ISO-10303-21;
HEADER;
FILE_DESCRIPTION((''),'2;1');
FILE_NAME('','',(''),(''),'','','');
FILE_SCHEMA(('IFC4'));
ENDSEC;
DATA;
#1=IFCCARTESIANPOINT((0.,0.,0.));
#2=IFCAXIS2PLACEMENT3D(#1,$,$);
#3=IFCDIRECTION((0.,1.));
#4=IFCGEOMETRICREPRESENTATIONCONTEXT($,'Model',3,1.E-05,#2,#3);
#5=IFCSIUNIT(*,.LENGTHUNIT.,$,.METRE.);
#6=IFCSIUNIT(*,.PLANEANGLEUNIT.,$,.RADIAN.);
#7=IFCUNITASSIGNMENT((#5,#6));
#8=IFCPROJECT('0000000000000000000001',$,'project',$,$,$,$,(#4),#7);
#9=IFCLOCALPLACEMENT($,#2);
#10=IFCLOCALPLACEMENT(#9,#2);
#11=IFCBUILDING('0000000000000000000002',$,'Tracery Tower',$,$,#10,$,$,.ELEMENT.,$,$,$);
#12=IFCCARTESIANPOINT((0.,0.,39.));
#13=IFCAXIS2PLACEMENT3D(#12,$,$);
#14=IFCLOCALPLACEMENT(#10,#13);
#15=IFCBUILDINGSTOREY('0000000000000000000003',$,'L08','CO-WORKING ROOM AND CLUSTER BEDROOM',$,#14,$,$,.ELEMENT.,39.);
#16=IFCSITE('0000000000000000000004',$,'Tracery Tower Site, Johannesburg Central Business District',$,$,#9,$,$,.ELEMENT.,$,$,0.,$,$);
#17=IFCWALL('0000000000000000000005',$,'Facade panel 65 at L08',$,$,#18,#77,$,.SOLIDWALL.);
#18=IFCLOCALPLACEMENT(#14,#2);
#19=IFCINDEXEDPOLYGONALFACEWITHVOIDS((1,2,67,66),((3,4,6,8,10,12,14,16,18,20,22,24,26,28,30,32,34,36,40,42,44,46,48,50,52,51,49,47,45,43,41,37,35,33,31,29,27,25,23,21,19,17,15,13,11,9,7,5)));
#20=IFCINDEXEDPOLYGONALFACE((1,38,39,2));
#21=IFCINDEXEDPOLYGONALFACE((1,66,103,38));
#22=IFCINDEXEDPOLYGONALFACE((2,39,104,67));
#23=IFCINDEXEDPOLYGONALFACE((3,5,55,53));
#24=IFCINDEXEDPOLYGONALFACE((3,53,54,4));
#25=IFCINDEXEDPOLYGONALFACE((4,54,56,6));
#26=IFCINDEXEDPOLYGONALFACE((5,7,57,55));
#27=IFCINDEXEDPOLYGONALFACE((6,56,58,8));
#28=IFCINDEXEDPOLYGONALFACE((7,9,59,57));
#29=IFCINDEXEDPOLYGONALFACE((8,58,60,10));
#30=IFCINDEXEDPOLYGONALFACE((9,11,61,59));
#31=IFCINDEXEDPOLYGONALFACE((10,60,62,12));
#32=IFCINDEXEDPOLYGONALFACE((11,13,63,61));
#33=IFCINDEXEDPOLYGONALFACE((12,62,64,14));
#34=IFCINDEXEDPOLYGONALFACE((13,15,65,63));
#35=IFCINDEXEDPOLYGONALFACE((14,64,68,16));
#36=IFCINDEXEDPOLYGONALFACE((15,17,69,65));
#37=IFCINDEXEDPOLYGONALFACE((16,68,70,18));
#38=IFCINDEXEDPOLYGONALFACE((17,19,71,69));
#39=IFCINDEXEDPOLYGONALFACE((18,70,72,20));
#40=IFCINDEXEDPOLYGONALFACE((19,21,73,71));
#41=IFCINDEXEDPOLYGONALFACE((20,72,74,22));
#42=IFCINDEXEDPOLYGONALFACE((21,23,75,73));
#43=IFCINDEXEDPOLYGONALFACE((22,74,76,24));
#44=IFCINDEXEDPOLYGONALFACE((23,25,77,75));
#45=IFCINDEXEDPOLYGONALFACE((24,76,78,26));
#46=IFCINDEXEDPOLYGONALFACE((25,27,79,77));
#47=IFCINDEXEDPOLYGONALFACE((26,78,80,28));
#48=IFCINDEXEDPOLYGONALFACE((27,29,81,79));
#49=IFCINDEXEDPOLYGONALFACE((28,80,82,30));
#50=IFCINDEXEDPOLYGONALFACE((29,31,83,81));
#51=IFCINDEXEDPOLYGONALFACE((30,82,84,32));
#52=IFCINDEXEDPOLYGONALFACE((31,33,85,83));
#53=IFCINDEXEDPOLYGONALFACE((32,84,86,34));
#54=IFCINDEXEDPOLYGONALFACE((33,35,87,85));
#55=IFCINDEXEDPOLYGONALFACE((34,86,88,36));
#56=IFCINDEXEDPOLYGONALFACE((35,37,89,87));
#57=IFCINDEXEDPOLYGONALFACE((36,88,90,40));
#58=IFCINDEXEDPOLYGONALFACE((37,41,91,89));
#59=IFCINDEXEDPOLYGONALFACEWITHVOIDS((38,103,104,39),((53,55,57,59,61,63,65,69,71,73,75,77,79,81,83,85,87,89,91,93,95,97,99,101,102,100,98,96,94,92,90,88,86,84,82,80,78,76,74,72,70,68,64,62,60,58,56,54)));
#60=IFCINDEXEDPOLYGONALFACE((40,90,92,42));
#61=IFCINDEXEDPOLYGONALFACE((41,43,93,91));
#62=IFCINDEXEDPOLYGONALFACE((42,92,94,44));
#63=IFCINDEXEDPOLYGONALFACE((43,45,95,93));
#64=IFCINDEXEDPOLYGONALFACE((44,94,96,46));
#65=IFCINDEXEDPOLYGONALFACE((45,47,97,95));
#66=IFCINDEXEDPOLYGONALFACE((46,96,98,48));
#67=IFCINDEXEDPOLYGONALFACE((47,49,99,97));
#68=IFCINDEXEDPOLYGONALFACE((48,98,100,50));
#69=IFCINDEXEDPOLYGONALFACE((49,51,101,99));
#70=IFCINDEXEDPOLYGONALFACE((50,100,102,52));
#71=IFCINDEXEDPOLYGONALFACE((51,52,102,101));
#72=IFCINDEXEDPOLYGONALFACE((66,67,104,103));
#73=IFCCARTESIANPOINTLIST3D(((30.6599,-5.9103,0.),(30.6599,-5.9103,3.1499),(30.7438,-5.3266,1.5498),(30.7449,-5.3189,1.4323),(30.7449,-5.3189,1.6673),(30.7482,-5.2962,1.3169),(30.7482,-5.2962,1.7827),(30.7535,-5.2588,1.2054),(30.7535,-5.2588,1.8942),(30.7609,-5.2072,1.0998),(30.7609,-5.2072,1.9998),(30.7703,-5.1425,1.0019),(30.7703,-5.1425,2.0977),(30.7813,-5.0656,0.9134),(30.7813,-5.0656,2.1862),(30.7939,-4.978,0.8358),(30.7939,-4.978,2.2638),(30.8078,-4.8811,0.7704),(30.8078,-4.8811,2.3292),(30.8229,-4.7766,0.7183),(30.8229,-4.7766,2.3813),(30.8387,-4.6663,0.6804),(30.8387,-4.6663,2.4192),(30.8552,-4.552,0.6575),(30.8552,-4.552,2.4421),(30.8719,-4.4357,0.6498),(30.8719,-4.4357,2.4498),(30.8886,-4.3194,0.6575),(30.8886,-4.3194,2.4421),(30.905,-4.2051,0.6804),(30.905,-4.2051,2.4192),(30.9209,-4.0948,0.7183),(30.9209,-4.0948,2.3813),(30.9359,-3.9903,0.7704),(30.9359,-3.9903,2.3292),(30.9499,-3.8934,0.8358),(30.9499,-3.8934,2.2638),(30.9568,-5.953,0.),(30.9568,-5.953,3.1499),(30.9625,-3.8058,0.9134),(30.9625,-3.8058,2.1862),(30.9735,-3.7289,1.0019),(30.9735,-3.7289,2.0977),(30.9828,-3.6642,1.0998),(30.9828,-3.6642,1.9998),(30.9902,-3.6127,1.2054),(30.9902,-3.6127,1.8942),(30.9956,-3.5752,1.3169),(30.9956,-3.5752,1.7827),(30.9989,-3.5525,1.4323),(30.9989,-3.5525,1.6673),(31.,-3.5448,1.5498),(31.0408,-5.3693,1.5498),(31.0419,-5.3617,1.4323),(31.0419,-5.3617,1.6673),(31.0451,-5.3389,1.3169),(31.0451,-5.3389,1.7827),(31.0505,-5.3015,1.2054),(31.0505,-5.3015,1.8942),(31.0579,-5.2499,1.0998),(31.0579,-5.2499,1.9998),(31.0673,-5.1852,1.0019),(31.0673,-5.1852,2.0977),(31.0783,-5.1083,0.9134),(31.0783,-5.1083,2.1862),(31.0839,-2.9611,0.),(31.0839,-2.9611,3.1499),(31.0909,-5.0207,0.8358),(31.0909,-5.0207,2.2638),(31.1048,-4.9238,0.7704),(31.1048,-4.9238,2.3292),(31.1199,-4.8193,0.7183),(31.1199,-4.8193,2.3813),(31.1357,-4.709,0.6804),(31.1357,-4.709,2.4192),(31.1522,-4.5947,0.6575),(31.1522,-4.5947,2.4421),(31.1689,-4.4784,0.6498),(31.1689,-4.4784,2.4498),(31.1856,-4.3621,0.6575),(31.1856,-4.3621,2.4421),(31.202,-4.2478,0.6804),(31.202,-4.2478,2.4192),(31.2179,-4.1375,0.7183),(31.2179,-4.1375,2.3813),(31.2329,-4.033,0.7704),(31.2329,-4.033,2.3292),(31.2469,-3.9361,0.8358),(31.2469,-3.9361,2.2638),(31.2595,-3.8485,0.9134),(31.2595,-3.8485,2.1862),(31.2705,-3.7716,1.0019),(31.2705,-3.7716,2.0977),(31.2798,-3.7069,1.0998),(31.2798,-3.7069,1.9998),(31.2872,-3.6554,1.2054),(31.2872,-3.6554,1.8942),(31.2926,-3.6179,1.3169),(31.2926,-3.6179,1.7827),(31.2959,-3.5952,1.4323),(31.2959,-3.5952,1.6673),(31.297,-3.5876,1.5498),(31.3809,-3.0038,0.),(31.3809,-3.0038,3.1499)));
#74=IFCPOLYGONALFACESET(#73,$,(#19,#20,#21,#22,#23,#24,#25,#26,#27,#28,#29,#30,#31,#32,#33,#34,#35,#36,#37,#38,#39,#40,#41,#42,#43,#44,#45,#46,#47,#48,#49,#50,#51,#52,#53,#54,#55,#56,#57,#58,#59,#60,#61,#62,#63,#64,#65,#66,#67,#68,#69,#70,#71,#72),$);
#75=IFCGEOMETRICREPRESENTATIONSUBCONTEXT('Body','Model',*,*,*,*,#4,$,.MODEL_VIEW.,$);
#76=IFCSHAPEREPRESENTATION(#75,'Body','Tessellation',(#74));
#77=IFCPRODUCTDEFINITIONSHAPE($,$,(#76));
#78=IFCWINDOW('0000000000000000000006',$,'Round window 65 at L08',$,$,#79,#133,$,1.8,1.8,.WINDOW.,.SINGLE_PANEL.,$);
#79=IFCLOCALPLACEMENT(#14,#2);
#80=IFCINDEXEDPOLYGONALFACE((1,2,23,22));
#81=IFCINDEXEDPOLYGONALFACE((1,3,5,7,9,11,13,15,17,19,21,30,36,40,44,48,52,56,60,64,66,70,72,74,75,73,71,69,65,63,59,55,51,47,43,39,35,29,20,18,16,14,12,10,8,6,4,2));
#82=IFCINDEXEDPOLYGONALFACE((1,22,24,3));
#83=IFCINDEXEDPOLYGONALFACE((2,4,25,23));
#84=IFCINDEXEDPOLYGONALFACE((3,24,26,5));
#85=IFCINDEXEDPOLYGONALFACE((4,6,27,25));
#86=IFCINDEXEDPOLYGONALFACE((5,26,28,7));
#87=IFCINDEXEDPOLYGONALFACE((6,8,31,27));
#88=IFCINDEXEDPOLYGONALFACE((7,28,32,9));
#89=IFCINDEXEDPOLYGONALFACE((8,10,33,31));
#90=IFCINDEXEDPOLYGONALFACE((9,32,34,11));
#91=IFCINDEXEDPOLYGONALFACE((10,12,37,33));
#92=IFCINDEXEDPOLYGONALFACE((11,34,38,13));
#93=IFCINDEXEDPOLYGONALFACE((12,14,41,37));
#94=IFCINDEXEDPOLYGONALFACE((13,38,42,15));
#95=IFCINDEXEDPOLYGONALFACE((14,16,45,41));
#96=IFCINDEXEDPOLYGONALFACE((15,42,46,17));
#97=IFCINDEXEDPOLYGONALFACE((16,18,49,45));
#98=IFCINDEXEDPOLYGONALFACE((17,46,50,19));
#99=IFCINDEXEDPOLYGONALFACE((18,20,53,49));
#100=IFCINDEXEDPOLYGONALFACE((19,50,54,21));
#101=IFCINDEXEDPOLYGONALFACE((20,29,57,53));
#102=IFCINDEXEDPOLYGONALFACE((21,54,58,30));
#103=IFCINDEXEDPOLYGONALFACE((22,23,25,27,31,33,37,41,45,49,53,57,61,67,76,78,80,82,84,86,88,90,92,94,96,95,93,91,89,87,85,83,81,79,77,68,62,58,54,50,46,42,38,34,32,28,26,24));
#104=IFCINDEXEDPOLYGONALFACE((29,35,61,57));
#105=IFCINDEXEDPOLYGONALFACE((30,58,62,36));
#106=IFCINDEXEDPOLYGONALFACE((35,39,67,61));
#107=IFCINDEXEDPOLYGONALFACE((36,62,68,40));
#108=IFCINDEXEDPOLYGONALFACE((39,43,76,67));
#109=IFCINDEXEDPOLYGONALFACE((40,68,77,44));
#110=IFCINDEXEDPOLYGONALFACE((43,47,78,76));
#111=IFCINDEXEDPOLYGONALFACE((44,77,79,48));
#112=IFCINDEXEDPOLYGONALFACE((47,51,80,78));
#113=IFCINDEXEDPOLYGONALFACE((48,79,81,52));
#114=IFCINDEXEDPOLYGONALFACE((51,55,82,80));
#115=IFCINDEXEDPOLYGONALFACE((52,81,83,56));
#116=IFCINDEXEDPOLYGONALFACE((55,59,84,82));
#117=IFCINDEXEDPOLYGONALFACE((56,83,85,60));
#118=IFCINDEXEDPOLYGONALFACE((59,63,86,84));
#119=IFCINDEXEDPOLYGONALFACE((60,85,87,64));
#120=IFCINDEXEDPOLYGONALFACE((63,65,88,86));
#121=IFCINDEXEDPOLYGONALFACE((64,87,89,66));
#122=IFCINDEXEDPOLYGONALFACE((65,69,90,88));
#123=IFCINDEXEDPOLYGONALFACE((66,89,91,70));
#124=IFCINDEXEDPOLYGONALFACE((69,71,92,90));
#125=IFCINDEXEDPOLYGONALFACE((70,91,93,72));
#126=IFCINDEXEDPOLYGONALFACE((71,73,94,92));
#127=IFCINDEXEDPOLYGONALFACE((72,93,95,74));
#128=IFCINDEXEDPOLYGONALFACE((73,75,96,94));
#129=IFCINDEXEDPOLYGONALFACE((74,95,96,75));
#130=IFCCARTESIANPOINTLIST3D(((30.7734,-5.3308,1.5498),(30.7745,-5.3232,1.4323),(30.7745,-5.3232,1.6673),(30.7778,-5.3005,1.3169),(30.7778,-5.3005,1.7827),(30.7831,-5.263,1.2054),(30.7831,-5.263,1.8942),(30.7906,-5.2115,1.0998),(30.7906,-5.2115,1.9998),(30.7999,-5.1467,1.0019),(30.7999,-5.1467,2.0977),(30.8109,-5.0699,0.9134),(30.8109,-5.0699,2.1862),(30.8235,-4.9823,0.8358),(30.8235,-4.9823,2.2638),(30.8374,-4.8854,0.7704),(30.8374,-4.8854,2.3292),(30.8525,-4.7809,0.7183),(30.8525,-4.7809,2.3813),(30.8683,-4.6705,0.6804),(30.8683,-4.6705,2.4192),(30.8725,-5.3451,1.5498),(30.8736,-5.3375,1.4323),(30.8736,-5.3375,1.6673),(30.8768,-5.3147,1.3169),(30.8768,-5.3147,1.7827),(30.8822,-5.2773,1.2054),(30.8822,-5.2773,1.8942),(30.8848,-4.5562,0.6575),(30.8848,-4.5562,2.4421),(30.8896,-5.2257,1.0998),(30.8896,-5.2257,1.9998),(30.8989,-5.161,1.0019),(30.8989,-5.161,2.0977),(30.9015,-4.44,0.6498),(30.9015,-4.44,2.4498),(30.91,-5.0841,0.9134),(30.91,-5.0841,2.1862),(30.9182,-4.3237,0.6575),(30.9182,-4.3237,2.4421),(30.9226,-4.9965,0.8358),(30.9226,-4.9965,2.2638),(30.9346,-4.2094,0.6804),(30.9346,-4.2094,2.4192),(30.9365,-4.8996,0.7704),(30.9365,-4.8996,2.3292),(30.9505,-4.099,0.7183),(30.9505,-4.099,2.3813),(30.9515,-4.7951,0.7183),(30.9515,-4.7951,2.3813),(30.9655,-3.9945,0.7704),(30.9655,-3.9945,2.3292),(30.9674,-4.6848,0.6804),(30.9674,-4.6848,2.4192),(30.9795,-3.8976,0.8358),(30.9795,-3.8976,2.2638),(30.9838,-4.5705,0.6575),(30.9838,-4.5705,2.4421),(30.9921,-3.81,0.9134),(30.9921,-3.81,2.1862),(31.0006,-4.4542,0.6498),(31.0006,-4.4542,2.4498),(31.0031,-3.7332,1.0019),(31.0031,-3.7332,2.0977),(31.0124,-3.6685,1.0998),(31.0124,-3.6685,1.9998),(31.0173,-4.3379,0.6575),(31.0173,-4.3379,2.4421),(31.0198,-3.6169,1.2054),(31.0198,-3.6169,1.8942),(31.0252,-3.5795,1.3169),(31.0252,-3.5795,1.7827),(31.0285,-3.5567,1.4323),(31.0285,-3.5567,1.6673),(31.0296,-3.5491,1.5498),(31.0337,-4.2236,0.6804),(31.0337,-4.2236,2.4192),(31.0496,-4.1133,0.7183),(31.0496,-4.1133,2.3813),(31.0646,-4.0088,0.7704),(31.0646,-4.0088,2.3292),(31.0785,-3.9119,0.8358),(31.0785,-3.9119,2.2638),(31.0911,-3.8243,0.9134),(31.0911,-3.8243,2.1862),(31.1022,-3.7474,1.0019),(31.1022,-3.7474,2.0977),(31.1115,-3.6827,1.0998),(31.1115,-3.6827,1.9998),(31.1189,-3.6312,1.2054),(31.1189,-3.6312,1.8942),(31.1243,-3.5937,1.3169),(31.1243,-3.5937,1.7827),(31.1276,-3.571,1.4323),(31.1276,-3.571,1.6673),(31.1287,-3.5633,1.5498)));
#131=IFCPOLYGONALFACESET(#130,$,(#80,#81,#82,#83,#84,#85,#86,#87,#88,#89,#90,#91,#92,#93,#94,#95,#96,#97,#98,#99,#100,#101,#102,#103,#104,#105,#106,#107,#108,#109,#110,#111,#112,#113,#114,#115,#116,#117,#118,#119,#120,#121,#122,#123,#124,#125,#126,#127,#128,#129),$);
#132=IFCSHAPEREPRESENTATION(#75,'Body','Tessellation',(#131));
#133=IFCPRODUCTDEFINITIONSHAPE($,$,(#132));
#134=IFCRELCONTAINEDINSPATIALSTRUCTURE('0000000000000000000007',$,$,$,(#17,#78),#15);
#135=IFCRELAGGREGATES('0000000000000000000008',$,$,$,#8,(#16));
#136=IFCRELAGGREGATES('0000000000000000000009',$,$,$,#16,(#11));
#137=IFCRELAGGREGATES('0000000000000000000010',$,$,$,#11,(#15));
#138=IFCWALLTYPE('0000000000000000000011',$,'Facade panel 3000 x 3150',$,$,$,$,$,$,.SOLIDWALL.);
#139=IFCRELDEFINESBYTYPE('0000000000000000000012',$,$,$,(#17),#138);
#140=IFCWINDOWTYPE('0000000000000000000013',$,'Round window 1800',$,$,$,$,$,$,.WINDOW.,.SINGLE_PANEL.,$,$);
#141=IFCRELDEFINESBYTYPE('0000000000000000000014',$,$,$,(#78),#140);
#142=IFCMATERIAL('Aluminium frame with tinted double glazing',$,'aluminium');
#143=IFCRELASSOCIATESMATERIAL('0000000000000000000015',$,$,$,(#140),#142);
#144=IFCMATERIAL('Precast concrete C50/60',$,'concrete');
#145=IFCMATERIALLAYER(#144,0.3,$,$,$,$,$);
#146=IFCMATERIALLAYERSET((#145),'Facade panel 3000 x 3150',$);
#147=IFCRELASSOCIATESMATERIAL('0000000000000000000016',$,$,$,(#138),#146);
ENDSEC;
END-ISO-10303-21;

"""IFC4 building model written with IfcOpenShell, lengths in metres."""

from ifc_helpers import new_model, si_unit, direction, frame, frame_2d, origin, origin_2d, place, context, subcontext, project, spatial, rectangle, circle, extrude, material, layer, layer_set, type_object, element, fill, save


model = new_model("IFC4")

# Units and contexts
model_context = context("Model", 3, precision=1e-05, world=origin(), true_north=direction((0.0, 1.0)))
body_context = subcontext(model_context, "Body", "Model", "MODEL_VIEW")
ifc_project = project(units=[si_unit("LENGTHUNIT", "METRE"), si_unit("PLANEANGLEUNIT", "RADIAN")], contexts=[model_context])

# Site, building, storey
site_placement = place(None, origin())
site = spatial("IfcSite", under=ifc_project, at=site_placement, Name="Tracery Tower Site, Johannesburg Central Business District", CompositionType="ELEMENT", RefElevation=0.0)
building_placement = place(site_placement, origin())
building = spatial("IfcBuilding", under=site, at=building_placement, Name="Tracery Tower", CompositionType="ELEMENT")
storey_placement = place(building_placement, frame((0.0, 0.0, 39.0)))
storey = spatial("IfcBuildingStorey", under=building, at=storey_placement, Name="L08", Description="CO-WORKING ROOM AND CLUSTER BEDROOM", CompositionType="ELEMENT", Elevation=39.0)

# Wall, opening, window
ifc_material_1 = material(Name="Aluminium frame with tinted double glazing", Category="aluminium")
window_type = type_object("IfcWindowType", Name="Round window 1800", PartitioningType="SINGLE_PANEL", PredefinedType="WINDOW", material=ifc_material_1)
ifc_material_2 = material(Name="Precast concrete C50/60", Category="concrete")
ifc_layer_1 = layer(ifc_material_2, 0.3)
ifc_layer_set_1 = layer_set([ifc_layer_1], Name="Facade panel 3000 x 3150")
wall_type_1 = type_object("IfcWallType", Name="Facade panel 3000 x 3150", PredefinedType="SOLIDWALL", material=ifc_layer_set_1)
wall_1_placement = place(storey_placement, frame((30.8083, -5.9316, 0.0), z_axis=(0.0, 0.0, 1.0), x_axis=(0.142328, 0.98982, 0.0)))
wall_1 = element("IfcWall", 1, at=wall_1_placement, inside=storey, type_object=wall_type_1, Name="Facade panel 65 at L08", PredefinedType="SOLIDWALL", context=body_context, shape_type="SweptSolid", body=[
    extrude(rectangle(XDim=2.9795, YDim=0.3, at=frame_2d((1.4897, 0.0))), origin(), (0.0, 0.0, 1.0), 3.1499),
])
opening_1_placement = place(wall_1_placement, frame((1.4897, 0.0, 1.5498)))
opening_1 = element("IfcOpeningElement", 2, at=opening_1_placement, cuts=wall_1, PredefinedType="OPENING", context=body_context, shape_type="SweptSolid", body=[
    extrude(circle(Radius=0.9, at=origin_2d()), frame((0.0, 0.1599, 0.0), z_axis=(0.0, -1.0, 0.0), x_axis=(1.0, 0.0, 0.0)), (0.0, 0.0, 1.0), 0.3201),
])
window_1_placement = place(opening_1_placement, origin())
window_1 = element("IfcWindow", 3, at=window_1_placement, inside=storey, type_object=window_type, Name="Round window 65 at L08", OverallHeight=1.8, OverallWidth=1.8, PartitioningType="SINGLE_PANEL", PredefinedType="WINDOW", context=body_context, shape_type="SweptSolid", body=[
    extrude(circle(Radius=0.9, at=origin_2d()), frame((0.0, 0.1201, 0.0), z_axis=(0.0, -1.0, 0.0), x_axis=(1.0, 0.0, 0.0)), (0.0, 0.0, 1.0), 0.1001),
])
fill(opening_1, window_1)

save(model, "model.ifc")
